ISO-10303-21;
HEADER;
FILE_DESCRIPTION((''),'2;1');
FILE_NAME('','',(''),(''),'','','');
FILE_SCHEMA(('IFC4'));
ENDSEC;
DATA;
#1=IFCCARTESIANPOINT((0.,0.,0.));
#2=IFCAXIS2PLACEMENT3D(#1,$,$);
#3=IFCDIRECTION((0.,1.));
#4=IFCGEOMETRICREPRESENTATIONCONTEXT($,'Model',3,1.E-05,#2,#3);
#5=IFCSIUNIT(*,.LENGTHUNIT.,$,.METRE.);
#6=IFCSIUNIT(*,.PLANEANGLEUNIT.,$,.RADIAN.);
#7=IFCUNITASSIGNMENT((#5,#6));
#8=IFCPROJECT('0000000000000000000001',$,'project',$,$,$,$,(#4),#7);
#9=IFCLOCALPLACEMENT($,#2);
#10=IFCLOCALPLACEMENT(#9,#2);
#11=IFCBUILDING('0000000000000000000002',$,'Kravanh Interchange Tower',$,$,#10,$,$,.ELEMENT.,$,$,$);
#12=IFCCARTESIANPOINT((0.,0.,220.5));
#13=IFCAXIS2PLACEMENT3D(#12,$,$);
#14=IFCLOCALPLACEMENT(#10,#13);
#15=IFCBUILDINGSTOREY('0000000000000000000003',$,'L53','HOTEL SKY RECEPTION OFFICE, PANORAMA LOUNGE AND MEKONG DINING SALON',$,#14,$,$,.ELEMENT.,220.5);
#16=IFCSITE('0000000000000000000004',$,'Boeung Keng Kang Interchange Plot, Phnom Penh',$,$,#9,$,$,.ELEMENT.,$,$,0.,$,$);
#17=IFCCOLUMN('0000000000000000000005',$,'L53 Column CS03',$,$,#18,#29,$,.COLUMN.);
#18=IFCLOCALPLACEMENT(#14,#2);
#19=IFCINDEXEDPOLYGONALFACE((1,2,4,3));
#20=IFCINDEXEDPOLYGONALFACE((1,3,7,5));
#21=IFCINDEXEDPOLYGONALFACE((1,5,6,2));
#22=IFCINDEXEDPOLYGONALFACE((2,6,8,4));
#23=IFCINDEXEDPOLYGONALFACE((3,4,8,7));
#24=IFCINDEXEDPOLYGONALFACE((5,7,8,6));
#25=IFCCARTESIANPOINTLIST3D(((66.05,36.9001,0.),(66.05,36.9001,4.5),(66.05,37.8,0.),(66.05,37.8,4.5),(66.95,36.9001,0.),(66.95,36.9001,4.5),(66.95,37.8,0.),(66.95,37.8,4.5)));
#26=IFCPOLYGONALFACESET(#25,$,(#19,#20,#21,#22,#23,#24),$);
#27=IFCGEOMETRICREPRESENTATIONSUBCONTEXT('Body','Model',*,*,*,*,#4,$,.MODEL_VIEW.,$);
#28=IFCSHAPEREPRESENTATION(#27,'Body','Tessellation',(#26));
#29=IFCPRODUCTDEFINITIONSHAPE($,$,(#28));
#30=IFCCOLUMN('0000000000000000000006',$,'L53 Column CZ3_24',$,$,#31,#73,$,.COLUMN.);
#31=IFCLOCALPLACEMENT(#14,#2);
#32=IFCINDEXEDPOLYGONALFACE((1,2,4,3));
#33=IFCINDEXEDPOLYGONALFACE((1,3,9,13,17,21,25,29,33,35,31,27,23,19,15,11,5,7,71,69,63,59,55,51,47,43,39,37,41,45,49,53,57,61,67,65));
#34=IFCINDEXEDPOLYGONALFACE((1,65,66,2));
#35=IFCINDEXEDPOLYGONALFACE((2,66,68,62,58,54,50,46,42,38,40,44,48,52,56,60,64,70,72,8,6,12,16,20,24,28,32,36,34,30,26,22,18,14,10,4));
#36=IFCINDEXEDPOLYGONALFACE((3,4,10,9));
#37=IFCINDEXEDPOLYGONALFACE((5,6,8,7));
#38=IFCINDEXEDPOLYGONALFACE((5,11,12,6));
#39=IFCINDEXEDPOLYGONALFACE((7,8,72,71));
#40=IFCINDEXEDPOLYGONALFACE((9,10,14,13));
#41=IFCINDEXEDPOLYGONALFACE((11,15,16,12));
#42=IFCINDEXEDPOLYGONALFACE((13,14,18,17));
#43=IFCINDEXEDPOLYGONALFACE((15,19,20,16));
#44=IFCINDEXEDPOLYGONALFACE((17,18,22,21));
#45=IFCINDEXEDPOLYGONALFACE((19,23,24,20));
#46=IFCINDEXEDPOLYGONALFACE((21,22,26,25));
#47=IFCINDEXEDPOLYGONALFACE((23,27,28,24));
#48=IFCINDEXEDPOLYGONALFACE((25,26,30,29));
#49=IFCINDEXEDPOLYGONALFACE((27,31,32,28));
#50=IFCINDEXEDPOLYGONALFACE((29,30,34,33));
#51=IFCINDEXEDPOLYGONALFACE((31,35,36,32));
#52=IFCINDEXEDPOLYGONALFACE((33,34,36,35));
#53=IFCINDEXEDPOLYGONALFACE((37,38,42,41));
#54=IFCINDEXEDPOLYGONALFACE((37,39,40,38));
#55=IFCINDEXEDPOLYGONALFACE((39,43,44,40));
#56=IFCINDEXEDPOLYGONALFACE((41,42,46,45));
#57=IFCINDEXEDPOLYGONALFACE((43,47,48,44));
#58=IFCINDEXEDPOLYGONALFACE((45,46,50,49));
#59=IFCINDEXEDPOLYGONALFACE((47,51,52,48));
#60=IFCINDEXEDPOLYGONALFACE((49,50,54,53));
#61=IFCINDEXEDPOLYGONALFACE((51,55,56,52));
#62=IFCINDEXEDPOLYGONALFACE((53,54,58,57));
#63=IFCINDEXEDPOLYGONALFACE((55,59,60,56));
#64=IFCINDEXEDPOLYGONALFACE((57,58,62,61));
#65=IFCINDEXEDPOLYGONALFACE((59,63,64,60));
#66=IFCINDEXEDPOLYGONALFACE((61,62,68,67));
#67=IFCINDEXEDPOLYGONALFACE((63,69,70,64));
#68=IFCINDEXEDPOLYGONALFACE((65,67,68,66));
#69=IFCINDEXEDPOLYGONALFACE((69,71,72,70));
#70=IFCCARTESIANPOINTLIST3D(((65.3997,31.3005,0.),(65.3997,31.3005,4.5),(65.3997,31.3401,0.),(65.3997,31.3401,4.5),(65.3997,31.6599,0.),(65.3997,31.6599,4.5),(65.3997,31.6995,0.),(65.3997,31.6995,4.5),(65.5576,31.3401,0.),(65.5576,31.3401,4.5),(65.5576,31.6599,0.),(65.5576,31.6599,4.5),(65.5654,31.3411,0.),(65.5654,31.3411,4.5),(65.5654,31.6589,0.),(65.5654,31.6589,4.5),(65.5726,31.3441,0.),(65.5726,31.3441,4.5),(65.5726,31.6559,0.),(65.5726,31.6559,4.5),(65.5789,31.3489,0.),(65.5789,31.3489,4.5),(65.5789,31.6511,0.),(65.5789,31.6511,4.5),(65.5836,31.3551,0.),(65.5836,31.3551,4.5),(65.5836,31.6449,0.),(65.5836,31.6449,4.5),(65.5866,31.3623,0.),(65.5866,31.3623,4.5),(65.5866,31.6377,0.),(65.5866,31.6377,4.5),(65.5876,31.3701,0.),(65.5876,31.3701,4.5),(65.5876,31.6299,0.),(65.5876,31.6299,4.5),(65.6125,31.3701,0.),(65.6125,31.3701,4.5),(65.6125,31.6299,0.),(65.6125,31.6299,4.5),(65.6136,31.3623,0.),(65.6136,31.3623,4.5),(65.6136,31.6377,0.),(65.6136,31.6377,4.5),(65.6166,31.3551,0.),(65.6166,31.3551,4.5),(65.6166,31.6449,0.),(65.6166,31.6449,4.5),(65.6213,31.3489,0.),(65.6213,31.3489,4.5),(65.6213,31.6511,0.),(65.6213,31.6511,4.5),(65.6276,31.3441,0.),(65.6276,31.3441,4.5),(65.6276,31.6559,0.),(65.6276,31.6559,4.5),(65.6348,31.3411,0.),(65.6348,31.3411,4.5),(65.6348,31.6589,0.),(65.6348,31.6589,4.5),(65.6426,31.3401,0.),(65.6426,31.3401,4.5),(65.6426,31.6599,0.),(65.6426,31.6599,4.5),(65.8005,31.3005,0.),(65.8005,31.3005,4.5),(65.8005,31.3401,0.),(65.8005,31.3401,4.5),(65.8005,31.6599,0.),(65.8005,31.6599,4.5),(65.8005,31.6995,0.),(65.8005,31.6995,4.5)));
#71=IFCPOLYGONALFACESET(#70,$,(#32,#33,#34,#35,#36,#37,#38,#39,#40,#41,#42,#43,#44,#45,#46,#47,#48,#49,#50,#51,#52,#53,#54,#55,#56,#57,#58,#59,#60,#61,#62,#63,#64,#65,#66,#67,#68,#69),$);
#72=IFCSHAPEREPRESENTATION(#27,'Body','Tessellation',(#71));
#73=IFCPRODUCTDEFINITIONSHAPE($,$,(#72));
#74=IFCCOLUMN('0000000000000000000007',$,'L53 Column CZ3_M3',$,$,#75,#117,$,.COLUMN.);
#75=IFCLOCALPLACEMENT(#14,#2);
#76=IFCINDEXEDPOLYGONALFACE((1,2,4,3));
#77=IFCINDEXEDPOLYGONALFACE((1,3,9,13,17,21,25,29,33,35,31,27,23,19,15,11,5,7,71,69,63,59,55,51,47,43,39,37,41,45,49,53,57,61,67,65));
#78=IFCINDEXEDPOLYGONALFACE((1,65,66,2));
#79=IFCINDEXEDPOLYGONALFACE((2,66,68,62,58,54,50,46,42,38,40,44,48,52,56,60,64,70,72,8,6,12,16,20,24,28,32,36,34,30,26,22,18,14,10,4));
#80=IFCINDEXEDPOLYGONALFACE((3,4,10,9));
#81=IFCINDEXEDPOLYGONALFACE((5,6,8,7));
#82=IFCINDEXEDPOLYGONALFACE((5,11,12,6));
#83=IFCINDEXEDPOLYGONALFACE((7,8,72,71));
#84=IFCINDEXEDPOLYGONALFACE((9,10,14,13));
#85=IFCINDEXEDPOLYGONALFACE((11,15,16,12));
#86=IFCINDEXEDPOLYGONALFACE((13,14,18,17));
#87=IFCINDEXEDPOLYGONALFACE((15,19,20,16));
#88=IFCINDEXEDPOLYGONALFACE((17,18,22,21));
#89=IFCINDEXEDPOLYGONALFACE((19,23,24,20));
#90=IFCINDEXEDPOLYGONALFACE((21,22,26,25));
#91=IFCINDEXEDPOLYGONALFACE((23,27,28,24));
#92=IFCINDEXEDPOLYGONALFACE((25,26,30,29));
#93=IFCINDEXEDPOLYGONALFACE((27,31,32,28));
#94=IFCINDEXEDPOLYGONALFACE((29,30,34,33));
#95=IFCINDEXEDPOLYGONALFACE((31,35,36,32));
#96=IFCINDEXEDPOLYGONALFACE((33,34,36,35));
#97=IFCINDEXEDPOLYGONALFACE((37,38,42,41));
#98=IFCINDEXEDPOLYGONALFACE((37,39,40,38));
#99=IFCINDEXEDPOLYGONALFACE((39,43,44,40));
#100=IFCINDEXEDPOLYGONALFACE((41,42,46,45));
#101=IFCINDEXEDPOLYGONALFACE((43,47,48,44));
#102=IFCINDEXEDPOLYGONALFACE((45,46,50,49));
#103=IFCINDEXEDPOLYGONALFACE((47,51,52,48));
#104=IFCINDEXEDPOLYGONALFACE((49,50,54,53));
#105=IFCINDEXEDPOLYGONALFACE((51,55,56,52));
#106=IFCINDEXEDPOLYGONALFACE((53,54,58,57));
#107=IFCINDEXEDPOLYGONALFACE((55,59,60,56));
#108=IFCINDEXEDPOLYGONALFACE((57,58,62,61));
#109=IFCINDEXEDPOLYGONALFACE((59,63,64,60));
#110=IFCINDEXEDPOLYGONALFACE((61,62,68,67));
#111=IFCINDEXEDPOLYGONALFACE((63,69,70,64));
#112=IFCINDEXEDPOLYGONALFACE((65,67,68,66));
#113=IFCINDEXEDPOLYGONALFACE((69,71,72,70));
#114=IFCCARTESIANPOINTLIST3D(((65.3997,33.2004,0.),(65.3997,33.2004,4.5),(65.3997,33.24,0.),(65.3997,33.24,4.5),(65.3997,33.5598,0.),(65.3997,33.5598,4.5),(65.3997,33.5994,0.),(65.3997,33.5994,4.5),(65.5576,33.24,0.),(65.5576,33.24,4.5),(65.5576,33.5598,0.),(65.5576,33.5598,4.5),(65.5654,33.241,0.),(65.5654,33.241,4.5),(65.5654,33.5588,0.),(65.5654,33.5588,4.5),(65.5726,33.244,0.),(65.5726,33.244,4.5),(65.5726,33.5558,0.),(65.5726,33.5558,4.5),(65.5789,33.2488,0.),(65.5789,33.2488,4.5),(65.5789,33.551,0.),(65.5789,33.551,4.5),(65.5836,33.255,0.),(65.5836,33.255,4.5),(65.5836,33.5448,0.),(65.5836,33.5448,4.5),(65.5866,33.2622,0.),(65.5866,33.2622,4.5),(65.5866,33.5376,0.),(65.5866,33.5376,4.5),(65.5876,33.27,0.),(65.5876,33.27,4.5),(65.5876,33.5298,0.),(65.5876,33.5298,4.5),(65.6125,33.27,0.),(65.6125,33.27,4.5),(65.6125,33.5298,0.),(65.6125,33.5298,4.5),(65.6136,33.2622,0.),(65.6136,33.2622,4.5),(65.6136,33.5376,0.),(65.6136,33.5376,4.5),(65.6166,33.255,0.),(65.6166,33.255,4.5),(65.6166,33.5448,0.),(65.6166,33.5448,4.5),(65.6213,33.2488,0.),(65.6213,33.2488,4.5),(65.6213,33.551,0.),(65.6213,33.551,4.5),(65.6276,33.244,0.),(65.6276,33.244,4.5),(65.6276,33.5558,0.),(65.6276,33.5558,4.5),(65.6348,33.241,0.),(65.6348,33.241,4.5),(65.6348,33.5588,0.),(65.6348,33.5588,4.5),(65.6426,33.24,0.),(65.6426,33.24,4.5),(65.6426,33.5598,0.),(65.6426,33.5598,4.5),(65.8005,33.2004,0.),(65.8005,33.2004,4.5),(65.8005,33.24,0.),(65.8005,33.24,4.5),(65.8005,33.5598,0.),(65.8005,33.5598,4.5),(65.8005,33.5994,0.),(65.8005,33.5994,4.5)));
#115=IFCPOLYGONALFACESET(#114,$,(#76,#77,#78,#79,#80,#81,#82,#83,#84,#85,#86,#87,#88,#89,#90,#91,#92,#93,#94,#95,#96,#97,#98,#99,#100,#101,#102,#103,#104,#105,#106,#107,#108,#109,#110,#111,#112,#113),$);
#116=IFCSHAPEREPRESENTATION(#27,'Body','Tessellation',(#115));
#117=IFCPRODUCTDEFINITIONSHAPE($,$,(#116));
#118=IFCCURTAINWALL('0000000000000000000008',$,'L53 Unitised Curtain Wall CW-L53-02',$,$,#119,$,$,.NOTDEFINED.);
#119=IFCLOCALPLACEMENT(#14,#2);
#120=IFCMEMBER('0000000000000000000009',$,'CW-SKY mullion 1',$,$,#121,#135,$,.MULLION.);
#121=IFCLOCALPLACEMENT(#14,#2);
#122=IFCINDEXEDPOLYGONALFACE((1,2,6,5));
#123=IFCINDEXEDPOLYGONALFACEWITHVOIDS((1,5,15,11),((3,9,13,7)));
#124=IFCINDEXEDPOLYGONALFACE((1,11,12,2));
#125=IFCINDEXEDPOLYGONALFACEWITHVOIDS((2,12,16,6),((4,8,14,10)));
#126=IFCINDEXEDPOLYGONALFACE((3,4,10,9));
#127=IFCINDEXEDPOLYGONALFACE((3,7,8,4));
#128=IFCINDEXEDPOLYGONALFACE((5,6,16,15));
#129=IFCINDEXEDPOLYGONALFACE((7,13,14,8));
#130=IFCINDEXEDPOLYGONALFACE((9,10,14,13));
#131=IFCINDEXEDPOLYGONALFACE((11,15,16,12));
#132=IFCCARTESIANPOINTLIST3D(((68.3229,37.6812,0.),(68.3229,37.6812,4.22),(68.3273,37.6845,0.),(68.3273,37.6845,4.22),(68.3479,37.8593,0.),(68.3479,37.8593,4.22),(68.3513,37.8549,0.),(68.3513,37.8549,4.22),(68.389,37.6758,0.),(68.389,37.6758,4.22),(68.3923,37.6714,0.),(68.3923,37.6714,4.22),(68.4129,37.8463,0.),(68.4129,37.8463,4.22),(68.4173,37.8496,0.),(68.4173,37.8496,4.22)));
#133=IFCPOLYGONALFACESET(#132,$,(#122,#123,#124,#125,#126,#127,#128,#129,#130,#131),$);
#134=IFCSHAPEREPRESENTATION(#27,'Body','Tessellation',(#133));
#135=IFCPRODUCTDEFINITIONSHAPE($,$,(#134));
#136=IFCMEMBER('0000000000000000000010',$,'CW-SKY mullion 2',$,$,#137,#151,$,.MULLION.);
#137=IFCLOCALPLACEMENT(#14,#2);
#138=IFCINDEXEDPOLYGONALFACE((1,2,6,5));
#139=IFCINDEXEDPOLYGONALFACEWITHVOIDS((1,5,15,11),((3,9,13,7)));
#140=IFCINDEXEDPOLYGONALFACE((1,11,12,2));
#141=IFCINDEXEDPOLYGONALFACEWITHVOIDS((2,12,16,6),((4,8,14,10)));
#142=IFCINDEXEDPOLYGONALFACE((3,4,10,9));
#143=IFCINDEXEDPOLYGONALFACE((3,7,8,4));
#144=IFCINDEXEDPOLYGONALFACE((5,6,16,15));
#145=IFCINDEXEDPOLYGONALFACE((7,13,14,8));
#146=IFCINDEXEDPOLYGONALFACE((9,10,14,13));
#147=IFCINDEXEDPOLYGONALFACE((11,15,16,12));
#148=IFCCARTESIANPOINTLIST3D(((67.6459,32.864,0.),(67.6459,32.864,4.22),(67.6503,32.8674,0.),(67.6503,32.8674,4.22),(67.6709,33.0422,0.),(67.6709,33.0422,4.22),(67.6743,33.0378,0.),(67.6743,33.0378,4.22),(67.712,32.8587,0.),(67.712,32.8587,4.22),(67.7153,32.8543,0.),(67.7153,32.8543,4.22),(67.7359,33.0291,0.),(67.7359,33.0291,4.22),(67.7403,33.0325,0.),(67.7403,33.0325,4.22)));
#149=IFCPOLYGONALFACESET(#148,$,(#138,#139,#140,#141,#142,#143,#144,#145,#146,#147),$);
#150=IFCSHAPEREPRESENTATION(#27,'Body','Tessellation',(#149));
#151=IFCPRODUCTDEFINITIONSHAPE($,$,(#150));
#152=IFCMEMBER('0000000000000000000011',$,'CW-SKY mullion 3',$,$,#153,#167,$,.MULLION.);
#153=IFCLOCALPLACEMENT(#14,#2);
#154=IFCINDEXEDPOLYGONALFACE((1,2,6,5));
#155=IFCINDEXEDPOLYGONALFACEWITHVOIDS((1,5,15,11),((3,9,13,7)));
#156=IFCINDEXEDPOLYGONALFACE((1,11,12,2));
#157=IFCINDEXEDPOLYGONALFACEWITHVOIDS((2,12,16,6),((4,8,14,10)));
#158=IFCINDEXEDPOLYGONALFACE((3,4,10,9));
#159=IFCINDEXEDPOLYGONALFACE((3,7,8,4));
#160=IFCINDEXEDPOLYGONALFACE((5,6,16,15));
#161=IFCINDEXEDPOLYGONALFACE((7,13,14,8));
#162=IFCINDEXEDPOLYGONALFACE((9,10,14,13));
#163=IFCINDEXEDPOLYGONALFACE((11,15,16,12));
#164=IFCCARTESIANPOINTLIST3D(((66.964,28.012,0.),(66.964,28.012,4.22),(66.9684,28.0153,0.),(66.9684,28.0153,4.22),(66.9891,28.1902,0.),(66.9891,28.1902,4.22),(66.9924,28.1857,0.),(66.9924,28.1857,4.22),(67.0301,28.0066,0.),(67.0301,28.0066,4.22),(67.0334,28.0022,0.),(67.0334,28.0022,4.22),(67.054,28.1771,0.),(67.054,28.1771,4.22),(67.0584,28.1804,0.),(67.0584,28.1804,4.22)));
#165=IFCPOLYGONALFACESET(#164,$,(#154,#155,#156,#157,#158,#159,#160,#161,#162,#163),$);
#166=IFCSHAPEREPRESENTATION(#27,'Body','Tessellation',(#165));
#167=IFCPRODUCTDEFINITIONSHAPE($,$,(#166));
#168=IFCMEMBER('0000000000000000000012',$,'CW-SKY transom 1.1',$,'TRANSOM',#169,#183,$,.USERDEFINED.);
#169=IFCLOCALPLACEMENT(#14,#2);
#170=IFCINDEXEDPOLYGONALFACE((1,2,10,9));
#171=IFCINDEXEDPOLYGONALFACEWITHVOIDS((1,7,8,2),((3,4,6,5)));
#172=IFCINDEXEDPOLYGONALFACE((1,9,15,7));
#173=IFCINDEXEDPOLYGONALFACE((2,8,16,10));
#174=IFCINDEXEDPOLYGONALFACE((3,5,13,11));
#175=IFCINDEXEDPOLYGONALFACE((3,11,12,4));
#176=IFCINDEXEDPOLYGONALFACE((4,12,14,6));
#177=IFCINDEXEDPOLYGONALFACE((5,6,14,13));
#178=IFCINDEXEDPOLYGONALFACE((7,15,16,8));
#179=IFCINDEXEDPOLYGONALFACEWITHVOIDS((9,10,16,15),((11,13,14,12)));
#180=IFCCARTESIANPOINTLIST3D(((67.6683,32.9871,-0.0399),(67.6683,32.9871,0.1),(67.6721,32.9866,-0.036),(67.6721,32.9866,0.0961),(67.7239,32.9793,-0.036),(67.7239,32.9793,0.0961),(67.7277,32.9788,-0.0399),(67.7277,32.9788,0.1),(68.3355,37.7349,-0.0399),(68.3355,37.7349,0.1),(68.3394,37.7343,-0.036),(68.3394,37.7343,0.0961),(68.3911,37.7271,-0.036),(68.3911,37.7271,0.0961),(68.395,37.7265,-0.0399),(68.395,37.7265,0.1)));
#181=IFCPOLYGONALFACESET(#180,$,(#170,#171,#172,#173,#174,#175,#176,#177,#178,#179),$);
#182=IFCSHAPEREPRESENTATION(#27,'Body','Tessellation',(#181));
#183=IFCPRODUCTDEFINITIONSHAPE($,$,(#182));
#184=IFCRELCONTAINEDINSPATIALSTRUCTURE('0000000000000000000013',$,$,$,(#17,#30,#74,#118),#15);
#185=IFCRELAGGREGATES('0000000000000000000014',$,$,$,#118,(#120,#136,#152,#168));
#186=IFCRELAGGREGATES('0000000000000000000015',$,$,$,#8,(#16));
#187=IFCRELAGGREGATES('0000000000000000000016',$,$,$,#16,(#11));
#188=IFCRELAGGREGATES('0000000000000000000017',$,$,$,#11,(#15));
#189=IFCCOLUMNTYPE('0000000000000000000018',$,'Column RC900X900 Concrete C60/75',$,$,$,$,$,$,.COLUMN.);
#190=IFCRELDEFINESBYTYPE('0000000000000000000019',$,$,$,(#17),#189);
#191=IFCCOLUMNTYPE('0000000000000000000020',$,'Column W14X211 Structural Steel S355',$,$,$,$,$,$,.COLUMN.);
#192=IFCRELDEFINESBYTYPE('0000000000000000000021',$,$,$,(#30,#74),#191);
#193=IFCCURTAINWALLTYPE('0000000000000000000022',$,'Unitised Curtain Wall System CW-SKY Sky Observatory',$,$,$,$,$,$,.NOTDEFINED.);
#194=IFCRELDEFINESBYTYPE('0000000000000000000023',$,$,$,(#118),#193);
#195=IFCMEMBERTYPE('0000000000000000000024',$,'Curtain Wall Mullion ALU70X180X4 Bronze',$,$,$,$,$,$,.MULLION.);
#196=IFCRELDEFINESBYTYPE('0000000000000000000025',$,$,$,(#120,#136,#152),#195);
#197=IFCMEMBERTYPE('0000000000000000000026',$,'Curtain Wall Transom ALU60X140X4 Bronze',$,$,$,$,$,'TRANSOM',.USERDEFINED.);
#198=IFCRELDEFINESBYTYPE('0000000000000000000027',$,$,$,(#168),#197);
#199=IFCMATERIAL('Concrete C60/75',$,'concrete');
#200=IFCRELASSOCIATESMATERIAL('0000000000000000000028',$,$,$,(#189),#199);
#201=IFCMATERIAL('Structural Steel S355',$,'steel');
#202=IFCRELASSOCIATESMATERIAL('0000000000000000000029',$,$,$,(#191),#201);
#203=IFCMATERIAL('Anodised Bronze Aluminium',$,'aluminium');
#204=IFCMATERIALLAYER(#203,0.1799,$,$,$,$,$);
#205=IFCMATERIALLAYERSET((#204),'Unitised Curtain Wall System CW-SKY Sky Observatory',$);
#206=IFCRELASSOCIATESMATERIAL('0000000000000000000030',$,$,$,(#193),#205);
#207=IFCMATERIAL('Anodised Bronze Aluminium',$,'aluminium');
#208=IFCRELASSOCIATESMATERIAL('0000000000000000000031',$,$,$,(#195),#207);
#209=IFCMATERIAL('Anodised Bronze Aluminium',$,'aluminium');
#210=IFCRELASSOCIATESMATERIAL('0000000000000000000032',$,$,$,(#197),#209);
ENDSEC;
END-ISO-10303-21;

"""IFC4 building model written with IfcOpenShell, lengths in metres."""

from ifc_helpers import new_model, si_unit, direction, frame, origin, origin_2d, place, context, subcontext, project, spatial, rectangle, hollow_rectangle, i_section, extrude, material, layer, layer_set, material_profile, profile_set, type_object, element, aggregate, save


model = new_model("IFC4")

# Units and contexts
model_context = context("Model", 3, precision=1e-05, world=origin(), true_north=direction((0.0, 1.0)))
body_context = subcontext(model_context, "Body", "Model", "MODEL_VIEW")
ifc_project = project(units=[si_unit("LENGTHUNIT", "METRE"), si_unit("PLANEANGLEUNIT", "RADIAN")], contexts=[model_context])

# Site, building, storey
site_placement = place(None, origin())
site = spatial("IfcSite", under=ifc_project, at=site_placement, Name="Boeung Keng Kang Interchange Plot, Phnom Penh", CompositionType="ELEMENT", RefElevation=0.0)
building_placement = place(site_placement, origin())
building = spatial("IfcBuilding", under=site, at=building_placement, Name="Kravanh Interchange Tower", CompositionType="ELEMENT")
storey_placement = place(building_placement, frame((0.0, 0.0, 220.5)))
storey = spatial("IfcBuildingStorey", under=building, at=storey_placement, Name="L53", Description="HOTEL SKY RECEPTION OFFICE, PANORAMA LOUNGE AND MEKONG DINING SALON", CompositionType="ELEMENT", Elevation=220.5)

# Columns
ifc_material_1 = material(Name="Concrete C60/75", Category="concrete")
ifc_material_profile_1 = material_profile(ifc_material_1, rectangle(XDim=0.8999, YDim=0.8999, at=origin_2d()), Name="RC900X900")
ifc_profile_set_1 = profile_set([ifc_material_profile_1], Name="Concrete C60/75")
column_type_1 = type_object("IfcColumnType", Name="Column RC900X900 Concrete C60/75", PredefinedType="COLUMN", material=ifc_profile_set_1)
column_placement = place(storey_placement, frame((66.5, 37.3501, 0.0), z_axis=(0.0, 0.0, 1.0), x_axis=(1.0, 0.0, 0.0)))
element("IfcColumn", 1, at=column_placement, inside=storey, type_object=column_type_1, Name="L53 Column CS03", PredefinedType="COLUMN", context=body_context, shape_type="SweptSolid", body=[
    extrude(rectangle(XDim=0.8999, YDim=0.8999, at=origin_2d()), origin(), (0.0, 0.0, 1.0), 4.5),
])
ifc_material_2 = material(Name="Structural Steel S355", Category="steel")
ifc_material_profile_2 = material_profile(ifc_material_2, i_section(OverallWidth=0.4009, OverallDepth=0.3989, WebThickness=0.0249, FlangeThickness=0.0396, FilletRadius=0.03, at=origin_2d()), Name="W14X211")
ifc_profile_set_2 = profile_set([ifc_material_profile_2], Name="Structural Steel S355")
column_type_2 = type_object("IfcColumnType", Name="Column W14X211 Structural Steel S355", PredefinedType="COLUMN", material=ifc_profile_set_2)
for number, where, z_axis, x_axis, name in (
    (2, (65.6001, 31.5, 0.0), (0.0, 0.0, 1.0), (1.0, 0.0, 0.0), "L53 Column CZ3_24"),
    (3, (65.6001, 33.3999, 0.0), (0.0, 0.0, 1.0), (1.0, 0.0, 0.0), "L53 Column CZ3_M3"),
):
    element("IfcColumn", number, at=place(storey_placement, frame(where, z_axis=z_axis, x_axis=x_axis)), inside=storey, type_object=column_type_2, Name=name, PredefinedType="COLUMN", context=body_context, shape_type="SweptSolid", body=[
        extrude(i_section(OverallWidth=0.4009, OverallDepth=0.3989, WebThickness=0.0249, FlangeThickness=0.0396, FilletRadius=0.03, at=origin_2d()), origin(), (0.0, 0.0, 1.0), 4.5),
    ])

# Curtain wall, members
ifc_material_3 = material(Name="Anodised Bronze Aluminium", Category="aluminium")
ifc_layer_1 = layer(ifc_material_3, 0.1799)
ifc_layer_set_1 = layer_set([ifc_layer_1], Name="Unitised Curtain Wall System CW-SKY Sky Observatory")
curtain_wall_type = type_object("IfcCurtainWallType", Name="Unitised Curtain Wall System CW-SKY Sky Observatory", PredefinedType="NOTDEFINED", material=ifc_layer_set_1)
curtain_wall_placement = place(storey_placement, origin())
curtain_wall = element("IfcCurtainWall", 4, at=curtain_wall_placement, inside=storey, type_object=curtain_wall_type, Name="L53 Unitised Curtain Wall CW-L53-02", PredefinedType="NOTDEFINED")
ifc_material_4 = material(Name="Anodised Bronze Aluminium", Category="aluminium")
ifc_material_profile_3 = material_profile(ifc_material_4, hollow_rectangle(XDim=0.0701, YDim=0.1799, WallThickness=0.0039, at=origin_2d()), Name="ALU70X180X4")
ifc_profile_set_3 = profile_set([ifc_material_profile_3], Name="Anodised Bronze Aluminium")
member_type_1 = type_object("IfcMemberType", Name="Curtain Wall Mullion ALU70X180X4 Bronze", PredefinedType="MULLION", material=ifc_profile_set_3)
member_1_placement = place(storey_placement, frame((68.3701, 37.7654, 0.0), z_axis=(0.0, 0.0, 1.0), x_axis=(0.990268, -0.139172, 0.0)))
member_1 = element("IfcMember", 5, at=member_1_placement, type_object=member_type_1, Name="CW-SKY mullion 1", PredefinedType="MULLION", context=body_context, shape_type="SweptSolid", body=[
    extrude(hollow_rectangle(XDim=0.0701, YDim=0.1799, WallThickness=0.0039, at=origin_2d()), origin(), (0.0, 0.0, 1.0), 4.22),
])
member_2_placement = place(storey_placement, frame((67.6931, 32.9482, 0.0), z_axis=(0.0, 0.0, 1.0), x_axis=(0.990268, -0.139172, 0.0)))
member_2 = element("IfcMember", 6, at=member_2_placement, type_object=member_type_1, Name="CW-SKY mullion 2", PredefinedType="MULLION", context=body_context, shape_type="SweptSolid", body=[
    extrude(hollow_rectangle(XDim=0.0701, YDim=0.1799, WallThickness=0.0039, at=origin_2d()), origin(), (0.0, 0.0, 1.0), 4.22),
])
member_3_placement = place(storey_placement, frame((67.0112, 28.0962, 0.0), z_axis=(0.0, 0.0, 1.0), x_axis=(0.990268, -0.139172, 0.0)))
member_3 = element("IfcMember", 7, at=member_3_placement, type_object=member_type_1, Name="CW-SKY mullion 3", PredefinedType="MULLION", context=body_context, shape_type="SweptSolid", body=[
    extrude(hollow_rectangle(XDim=0.0701, YDim=0.1799, WallThickness=0.0039, at=origin_2d()), origin(), (0.0, 0.0, 1.0), 4.22),
])
ifc_material_5 = material(Name="Anodised Bronze Aluminium", Category="aluminium")
ifc_material_profile_4 = material_profile(ifc_material_5, hollow_rectangle(XDim=0.0601, YDim=0.1399, WallThickness=0.0039, at=origin_2d()), Name="ALU60X140X4")
ifc_profile_set_4 = profile_set([ifc_material_profile_4], Name="Anodised Bronze Aluminium")
member_type_2 = type_object("IfcMemberType", Name="Curtain Wall Transom ALU60X140X4 Bronze", ElementType="TRANSOM", PredefinedType="USERDEFINED", material=ifc_profile_set_4)
member_4_placement = place(storey_placement, frame((68.3652, 37.7307, 0.03), z_axis=(-0.139168, -0.990269, 0.0), x_axis=(0.990269, -0.139168, 0.0)))
member_4 = element("IfcMember", 8, at=member_4_placement, type_object=member_type_2, Name="CW-SKY transom 1.1", ObjectType="TRANSOM", PredefinedType="USERDEFINED", context=body_context, shape_type="SweptSolid", body=[
    extrude(hollow_rectangle(XDim=0.0601, YDim=0.1399, WallThickness=0.0039, at=origin_2d()), origin(), (0.0, 0.0, 1.0), 4.7944),
])

aggregate(curtain_wall, [member_1, member_2, member_3, member_4])

save(model, "model.ifc")
